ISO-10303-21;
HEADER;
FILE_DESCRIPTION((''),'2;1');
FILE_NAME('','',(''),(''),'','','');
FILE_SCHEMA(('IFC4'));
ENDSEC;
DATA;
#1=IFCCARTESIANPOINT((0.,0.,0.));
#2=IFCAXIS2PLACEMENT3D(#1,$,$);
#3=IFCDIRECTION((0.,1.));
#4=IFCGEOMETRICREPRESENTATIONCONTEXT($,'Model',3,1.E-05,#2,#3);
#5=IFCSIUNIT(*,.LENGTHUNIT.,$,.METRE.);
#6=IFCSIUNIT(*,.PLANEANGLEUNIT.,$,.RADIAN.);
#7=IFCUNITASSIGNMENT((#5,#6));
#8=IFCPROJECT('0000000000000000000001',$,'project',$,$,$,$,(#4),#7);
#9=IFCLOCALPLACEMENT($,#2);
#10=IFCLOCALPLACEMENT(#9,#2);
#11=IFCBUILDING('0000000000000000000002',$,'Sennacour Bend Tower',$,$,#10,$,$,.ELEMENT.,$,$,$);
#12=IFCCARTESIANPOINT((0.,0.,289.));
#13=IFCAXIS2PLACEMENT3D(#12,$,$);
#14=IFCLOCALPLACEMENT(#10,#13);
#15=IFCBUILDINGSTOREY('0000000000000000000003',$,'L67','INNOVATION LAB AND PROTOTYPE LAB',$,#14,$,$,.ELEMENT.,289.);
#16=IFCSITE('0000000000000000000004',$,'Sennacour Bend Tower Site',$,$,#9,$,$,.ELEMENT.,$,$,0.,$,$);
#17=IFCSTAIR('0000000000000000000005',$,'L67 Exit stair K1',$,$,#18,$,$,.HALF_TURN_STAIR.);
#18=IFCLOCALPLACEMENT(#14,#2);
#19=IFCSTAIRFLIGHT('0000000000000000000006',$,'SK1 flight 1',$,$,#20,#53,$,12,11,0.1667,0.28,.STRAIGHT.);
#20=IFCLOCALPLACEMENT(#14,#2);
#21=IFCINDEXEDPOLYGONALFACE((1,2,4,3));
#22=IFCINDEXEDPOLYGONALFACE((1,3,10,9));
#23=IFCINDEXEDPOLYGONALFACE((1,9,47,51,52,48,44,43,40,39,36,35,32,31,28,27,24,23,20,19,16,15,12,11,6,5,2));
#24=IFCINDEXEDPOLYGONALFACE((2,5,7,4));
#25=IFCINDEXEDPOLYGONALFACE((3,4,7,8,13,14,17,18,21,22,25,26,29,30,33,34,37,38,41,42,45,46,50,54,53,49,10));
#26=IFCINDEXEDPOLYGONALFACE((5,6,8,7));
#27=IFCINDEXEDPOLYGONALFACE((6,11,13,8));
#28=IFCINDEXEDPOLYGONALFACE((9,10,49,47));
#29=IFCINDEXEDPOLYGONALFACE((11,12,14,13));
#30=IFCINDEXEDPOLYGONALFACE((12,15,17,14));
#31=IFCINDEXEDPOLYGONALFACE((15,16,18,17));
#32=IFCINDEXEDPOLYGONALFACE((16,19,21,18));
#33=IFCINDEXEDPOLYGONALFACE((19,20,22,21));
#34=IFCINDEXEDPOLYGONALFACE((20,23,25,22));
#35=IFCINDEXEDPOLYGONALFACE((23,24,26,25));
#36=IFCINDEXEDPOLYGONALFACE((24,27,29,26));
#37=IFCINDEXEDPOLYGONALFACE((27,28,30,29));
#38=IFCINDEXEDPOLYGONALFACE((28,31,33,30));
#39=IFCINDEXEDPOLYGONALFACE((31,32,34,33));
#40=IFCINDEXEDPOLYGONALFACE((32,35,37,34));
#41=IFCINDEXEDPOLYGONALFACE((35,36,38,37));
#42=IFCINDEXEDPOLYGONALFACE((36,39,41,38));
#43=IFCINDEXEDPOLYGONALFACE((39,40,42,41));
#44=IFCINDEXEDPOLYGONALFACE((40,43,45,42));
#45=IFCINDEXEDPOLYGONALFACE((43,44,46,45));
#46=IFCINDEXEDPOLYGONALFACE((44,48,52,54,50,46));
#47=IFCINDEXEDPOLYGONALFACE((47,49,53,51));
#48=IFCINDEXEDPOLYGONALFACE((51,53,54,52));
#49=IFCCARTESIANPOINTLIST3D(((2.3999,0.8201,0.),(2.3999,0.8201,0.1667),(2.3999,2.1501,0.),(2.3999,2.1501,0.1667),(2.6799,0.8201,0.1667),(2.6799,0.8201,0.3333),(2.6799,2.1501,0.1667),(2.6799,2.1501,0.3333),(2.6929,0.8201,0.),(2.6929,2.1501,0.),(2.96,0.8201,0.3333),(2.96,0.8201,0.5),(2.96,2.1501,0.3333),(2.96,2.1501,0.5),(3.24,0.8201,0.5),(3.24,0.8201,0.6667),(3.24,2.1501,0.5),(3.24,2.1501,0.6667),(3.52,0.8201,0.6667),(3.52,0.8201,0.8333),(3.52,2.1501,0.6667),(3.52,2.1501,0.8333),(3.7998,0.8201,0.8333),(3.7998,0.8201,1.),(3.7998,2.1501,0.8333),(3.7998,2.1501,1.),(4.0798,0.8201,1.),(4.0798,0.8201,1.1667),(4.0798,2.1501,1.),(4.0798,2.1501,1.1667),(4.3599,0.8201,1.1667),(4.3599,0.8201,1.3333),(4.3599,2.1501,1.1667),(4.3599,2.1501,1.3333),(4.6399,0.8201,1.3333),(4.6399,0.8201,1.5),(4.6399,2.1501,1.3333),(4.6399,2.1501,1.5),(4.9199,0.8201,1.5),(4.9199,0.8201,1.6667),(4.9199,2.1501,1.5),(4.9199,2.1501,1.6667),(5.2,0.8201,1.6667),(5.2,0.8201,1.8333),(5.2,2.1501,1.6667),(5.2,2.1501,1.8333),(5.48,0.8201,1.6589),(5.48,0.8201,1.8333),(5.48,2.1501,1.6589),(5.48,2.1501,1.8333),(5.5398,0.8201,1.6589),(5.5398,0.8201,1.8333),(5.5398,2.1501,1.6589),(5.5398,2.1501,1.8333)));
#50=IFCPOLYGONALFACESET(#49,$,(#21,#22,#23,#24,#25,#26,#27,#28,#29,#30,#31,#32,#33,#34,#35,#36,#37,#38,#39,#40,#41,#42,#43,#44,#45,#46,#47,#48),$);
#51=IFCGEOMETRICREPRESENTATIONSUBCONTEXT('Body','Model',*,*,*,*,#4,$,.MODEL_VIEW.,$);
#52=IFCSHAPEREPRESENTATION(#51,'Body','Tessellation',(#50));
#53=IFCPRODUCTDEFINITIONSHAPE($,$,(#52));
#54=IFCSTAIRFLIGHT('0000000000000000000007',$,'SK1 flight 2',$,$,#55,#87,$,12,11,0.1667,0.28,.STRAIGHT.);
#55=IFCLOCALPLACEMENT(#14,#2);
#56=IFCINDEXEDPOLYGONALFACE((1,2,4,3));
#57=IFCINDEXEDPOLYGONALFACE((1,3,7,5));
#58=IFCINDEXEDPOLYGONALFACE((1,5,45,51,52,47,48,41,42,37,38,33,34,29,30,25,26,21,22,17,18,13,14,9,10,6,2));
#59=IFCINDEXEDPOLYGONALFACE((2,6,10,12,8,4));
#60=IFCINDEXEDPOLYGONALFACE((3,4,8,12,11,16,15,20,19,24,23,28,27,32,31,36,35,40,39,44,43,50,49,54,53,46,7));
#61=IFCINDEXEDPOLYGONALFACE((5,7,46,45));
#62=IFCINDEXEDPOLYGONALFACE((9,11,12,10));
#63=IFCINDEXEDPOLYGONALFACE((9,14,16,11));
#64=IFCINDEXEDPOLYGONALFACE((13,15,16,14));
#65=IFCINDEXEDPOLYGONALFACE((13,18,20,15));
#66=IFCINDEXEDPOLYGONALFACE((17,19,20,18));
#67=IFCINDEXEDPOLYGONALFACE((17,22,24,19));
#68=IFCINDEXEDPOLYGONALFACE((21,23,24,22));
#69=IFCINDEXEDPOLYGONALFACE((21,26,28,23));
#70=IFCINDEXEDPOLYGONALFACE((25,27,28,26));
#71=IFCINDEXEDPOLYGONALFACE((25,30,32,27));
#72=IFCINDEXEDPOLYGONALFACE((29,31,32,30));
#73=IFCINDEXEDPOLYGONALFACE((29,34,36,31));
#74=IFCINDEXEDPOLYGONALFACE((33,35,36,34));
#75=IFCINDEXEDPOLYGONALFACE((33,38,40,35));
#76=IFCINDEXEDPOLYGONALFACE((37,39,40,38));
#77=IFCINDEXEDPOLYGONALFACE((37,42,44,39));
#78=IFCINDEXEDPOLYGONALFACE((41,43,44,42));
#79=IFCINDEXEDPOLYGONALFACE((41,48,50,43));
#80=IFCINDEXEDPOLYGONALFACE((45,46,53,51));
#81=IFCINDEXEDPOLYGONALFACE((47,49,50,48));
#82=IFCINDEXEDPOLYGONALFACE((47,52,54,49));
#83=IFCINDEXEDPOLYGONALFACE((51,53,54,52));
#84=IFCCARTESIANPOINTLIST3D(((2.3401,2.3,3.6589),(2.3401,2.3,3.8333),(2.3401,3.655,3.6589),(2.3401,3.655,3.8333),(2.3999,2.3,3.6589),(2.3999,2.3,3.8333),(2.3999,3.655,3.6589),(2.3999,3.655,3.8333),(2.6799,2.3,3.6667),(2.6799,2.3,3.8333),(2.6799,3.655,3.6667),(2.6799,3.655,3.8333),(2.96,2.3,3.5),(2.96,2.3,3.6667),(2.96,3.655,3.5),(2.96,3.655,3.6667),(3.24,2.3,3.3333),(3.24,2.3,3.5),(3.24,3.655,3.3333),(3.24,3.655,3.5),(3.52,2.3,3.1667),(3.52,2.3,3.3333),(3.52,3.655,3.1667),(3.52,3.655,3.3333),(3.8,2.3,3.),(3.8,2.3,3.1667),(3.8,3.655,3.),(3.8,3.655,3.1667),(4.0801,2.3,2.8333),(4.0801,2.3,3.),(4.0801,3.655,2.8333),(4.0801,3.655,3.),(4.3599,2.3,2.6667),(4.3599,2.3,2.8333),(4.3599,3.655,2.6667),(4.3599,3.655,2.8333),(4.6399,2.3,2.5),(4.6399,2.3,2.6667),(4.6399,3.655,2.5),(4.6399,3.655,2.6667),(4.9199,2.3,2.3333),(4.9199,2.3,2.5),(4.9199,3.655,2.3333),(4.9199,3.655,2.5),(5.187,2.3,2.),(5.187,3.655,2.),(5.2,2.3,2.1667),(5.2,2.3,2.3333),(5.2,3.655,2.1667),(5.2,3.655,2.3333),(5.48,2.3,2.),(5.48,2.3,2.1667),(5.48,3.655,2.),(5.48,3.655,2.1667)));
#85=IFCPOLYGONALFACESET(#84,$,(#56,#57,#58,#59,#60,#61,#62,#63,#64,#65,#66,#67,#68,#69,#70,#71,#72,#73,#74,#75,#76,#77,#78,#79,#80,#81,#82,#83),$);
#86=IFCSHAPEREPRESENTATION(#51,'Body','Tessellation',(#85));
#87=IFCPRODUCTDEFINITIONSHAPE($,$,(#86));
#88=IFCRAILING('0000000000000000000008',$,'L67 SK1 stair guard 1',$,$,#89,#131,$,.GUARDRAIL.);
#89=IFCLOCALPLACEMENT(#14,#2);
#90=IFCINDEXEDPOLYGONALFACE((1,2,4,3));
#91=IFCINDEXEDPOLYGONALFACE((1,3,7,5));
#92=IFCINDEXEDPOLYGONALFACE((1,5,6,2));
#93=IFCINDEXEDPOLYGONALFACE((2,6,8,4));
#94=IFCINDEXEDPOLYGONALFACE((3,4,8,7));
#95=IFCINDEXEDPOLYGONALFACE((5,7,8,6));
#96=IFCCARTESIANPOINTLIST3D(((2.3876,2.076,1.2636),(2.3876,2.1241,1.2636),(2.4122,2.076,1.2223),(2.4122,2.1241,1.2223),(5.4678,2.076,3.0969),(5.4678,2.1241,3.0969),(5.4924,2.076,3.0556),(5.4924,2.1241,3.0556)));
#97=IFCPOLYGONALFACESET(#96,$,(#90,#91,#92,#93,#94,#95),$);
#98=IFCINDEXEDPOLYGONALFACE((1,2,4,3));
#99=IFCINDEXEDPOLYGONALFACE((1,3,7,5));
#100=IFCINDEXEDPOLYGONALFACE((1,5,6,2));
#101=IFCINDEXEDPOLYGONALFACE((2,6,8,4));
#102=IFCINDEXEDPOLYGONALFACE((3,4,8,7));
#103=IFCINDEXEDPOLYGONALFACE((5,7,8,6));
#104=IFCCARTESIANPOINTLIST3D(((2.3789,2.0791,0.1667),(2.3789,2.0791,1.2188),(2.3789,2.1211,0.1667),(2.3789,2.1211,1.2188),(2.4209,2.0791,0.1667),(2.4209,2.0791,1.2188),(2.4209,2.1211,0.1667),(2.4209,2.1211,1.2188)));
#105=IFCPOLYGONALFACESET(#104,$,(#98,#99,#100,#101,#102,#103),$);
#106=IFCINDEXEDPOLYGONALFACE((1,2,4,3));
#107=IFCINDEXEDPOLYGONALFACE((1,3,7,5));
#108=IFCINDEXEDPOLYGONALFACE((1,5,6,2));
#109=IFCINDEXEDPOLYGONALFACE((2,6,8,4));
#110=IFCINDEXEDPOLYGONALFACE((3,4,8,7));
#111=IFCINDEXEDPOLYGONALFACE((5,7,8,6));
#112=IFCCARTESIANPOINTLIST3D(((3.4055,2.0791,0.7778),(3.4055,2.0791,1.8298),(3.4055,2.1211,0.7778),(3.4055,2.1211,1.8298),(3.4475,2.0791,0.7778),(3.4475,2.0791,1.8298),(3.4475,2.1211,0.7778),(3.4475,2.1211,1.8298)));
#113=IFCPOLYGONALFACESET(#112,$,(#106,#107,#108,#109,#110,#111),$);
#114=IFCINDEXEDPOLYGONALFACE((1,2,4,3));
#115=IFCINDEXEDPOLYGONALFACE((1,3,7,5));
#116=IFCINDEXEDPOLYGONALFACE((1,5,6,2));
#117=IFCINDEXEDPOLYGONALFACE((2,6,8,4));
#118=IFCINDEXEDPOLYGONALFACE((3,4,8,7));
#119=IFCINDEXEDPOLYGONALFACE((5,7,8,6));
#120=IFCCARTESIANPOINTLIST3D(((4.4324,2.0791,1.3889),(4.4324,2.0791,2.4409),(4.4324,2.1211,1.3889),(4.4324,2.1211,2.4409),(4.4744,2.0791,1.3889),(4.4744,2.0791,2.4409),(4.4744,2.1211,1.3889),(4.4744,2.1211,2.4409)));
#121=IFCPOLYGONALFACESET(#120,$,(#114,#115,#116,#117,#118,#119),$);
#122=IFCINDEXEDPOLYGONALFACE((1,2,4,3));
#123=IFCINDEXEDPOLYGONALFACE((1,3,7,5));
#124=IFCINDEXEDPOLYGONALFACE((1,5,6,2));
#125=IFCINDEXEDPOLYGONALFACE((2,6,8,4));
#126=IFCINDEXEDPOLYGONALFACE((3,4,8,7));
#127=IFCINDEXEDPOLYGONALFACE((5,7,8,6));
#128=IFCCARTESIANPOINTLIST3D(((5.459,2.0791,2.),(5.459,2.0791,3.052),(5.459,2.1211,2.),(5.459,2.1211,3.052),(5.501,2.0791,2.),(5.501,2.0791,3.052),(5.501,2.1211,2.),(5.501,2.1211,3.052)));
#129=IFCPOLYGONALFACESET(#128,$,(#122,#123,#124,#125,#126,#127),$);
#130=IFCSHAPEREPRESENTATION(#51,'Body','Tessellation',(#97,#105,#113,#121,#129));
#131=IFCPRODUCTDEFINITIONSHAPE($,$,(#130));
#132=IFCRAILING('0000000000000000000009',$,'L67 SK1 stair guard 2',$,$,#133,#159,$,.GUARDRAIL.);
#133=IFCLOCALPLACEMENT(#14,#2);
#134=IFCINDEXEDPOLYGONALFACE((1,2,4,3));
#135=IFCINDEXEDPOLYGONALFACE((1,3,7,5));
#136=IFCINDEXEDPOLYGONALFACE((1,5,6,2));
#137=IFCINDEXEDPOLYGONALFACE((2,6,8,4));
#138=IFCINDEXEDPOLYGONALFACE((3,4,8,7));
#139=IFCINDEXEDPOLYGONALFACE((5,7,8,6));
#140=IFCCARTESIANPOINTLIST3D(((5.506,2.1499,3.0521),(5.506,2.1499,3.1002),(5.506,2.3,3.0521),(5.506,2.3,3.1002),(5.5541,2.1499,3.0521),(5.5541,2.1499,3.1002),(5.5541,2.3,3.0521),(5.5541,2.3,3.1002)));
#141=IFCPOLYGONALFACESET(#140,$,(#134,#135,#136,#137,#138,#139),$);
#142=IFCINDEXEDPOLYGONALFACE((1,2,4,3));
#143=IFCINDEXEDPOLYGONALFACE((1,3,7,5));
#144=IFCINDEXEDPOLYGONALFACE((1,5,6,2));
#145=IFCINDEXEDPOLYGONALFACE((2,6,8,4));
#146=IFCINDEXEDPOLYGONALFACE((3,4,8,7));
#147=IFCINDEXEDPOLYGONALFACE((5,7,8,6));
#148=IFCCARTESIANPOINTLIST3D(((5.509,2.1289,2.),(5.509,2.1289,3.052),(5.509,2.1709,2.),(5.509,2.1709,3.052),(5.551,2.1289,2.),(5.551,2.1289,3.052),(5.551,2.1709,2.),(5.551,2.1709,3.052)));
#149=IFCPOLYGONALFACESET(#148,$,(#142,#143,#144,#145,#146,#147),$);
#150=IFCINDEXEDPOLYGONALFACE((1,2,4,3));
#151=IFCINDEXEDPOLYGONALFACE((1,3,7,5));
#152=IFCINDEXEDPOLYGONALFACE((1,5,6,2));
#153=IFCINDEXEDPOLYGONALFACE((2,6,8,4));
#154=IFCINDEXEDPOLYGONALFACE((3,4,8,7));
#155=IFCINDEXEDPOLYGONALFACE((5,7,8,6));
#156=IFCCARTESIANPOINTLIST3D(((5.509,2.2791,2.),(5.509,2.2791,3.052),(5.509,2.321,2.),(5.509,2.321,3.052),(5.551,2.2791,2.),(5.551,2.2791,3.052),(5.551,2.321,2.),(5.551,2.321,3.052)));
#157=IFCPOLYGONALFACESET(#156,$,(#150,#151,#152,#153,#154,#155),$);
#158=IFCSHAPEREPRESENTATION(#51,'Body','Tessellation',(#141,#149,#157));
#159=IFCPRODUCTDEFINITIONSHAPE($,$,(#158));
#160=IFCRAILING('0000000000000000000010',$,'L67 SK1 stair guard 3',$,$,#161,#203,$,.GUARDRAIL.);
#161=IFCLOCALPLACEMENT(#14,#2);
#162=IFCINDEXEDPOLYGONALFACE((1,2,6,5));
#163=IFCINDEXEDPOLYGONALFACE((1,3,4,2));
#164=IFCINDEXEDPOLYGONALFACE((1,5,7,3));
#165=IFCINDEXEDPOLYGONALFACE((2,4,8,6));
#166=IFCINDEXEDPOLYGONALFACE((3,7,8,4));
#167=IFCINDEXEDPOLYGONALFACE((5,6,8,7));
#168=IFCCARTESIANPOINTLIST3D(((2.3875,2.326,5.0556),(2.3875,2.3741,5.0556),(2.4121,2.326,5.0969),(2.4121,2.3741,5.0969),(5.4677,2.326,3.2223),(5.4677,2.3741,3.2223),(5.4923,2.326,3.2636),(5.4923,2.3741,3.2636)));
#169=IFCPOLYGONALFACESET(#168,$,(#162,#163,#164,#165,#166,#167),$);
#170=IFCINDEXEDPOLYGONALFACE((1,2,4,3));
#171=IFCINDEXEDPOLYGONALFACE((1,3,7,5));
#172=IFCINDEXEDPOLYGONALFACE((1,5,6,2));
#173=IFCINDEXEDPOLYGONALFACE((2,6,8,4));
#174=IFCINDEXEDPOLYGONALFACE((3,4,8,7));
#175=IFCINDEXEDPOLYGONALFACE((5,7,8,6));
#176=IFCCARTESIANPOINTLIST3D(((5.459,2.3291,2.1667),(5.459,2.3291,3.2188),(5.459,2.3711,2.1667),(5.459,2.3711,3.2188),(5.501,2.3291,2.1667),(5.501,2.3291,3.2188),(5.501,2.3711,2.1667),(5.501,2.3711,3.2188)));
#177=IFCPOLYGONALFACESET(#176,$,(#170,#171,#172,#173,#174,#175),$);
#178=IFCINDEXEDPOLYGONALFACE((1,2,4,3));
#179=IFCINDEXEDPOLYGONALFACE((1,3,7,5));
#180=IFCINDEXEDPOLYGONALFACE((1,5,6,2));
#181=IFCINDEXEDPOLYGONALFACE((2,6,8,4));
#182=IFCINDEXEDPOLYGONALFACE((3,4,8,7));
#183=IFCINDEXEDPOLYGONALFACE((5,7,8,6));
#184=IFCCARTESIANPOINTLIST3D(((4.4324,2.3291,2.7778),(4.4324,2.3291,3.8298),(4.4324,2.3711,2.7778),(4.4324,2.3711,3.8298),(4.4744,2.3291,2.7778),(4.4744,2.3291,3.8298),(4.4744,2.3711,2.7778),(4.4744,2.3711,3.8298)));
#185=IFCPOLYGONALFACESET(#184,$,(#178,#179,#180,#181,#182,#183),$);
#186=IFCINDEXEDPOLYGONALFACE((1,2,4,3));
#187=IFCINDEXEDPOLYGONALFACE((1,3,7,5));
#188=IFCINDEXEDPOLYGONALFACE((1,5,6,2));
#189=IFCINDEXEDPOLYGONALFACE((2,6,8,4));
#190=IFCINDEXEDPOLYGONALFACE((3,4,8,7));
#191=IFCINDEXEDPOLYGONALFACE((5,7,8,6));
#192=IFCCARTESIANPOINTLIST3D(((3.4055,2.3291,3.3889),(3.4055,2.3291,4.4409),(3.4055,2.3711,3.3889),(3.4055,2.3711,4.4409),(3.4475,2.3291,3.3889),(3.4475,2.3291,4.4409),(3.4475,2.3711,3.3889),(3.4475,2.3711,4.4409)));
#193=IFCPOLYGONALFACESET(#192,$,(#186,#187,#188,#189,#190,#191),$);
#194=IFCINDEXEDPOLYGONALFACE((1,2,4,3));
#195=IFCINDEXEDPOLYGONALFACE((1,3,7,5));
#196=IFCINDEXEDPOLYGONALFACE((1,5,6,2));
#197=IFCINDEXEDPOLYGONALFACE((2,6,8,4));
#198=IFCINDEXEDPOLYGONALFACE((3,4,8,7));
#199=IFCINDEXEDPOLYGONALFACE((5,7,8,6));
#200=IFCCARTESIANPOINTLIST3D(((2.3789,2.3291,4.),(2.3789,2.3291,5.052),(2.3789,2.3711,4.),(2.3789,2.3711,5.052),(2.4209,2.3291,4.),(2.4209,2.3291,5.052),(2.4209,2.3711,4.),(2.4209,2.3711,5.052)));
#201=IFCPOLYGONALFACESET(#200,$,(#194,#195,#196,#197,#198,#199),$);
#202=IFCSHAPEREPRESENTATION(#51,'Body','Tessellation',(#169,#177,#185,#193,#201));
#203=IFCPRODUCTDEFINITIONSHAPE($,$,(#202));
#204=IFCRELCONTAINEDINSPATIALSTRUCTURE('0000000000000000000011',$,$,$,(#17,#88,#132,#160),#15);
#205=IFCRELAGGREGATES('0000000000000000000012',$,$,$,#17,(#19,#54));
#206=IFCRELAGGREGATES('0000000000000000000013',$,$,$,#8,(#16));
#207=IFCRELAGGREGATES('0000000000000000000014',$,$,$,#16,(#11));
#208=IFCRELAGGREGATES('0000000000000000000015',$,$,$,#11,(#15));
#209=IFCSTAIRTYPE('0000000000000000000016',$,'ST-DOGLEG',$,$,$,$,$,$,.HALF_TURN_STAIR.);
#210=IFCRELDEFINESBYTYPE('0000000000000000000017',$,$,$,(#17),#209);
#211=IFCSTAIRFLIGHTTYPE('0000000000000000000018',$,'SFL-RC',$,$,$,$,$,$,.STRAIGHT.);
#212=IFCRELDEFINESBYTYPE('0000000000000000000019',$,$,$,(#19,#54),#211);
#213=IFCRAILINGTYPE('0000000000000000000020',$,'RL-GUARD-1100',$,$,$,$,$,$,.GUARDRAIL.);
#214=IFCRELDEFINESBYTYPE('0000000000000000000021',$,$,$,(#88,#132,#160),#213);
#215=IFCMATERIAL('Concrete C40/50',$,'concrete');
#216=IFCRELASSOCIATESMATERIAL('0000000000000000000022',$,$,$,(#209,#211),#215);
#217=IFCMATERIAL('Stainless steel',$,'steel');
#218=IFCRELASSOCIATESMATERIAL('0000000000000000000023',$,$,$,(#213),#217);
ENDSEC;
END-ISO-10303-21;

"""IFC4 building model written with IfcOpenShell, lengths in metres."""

from ifc_helpers import new_model, si_unit, direction, frame, origin, origin_2d, place, context, subcontext, project, spatial, polyline, rectangle, outline, extrude, material, type_object, element, aggregate, save


model = new_model("IFC4")

# Units and contexts
model_context = context("Model", 3, precision=1e-05, world=origin(), true_north=direction((0.0, 1.0)))
body_context = subcontext(model_context, "Body", "Model", "MODEL_VIEW")
ifc_project = project(units=[si_unit("LENGTHUNIT", "METRE"), si_unit("PLANEANGLEUNIT", "RADIAN")], contexts=[model_context])

# Site, building, storey
site_placement = place(None, origin())
site = spatial("IfcSite", under=ifc_project, at=site_placement, Name="Sennacour Bend Tower Site", CompositionType="ELEMENT", RefElevation=0.0)
building_placement = place(site_placement, origin())
building = spatial("IfcBuilding", under=site, at=building_placement, Name="Sennacour Bend Tower", CompositionType="ELEMENT")
storey_placement = place(building_placement, frame((0.0, 0.0, 289.0)))
storey = spatial("IfcBuildingStorey", under=building, at=storey_placement, Name="L67", Description="INNOVATION LAB AND PROTOTYPE LAB", CompositionType="ELEMENT", Elevation=289.0)

# Shared definitions
ifc_material_1 = material(Name="Concrete C40/50", Category="concrete")

# Stair
stair_type = type_object("IfcStairType", Name="ST-DOGLEG", PredefinedType="HALF_TURN_STAIR", material=ifc_material_1)
stair_1_placement = place(storey_placement, origin())
stair_1 = element("IfcStair", 1, at=stair_1_placement, inside=storey, type_object=stair_type, Name="L67 Exit stair K1", PredefinedType="HALF_TURN_STAIR")

# Stair flights
stair_flight_type = type_object("IfcStairFlightType", Name="SFL-RC", PredefinedType="STRAIGHT", material=ifc_material_1)
stair_flight_1_placement = place(storey_placement, frame((2.3999, 1.4851, 0.0), z_axis=(0.0, 0.0, 1.0), x_axis=(1.0, 0.0, 0.0)))
stair_flight_1 = element("IfcStairFlight", 2, at=stair_flight_1_placement, type_object=stair_flight_type, Name="SK1 flight 1", NumberOfRisers=12, NumberOfTreads=11, PredefinedType="STRAIGHT", RiserHeight=0.1667, TreadLength=0.28, context=body_context, shape_type="SweptSolid", body=[
    extrude(outline(polyline([(0.0, 0.0), (0.0, 0.1667), (0.28, 0.1667), (0.28, 0.3333), (0.5601, 0.3333), (0.5601, 0.5), (0.8401, 0.5), (0.8401, 0.6667), (1.1201, 0.6667), (1.1201, 0.8333), (1.3999, 0.8333), (1.3999, 1.0), (1.6799, 1.0), (1.6799, 1.1667), (1.96, 1.1667), (1.96, 1.3333), (2.24, 1.3333), (2.24, 1.5), (2.52, 1.5), (2.52, 1.6667), (2.8, 1.6667), (2.8, 1.8333), (3.0801, 1.8333), (3.1399, 1.8333), (3.1399, 1.6589), (3.0801, 1.6589), (0.293, 0.0), (0.0, 0.0)])), frame((0.0, 0.665, 0.0), z_axis=(0.0, -1.0, 0.0), x_axis=(1.0, 0.0, 0.0)), (0.0, 0.0, 1.0), 1.3301),
])
stair_flight_2_placement = place(storey_placement, frame((5.48, 2.9775, 2.0), z_axis=(0.0, 0.0, 1.0), x_axis=(-1.0, 0.0, 0.0)))
stair_flight_2 = element("IfcStairFlight", 3, at=stair_flight_2_placement, type_object=stair_flight_type, Name="SK1 flight 2", NumberOfRisers=12, NumberOfTreads=11, PredefinedType="STRAIGHT", RiserHeight=0.1667, TreadLength=0.28, context=body_context, shape_type="SweptSolid", body=[
    extrude(outline(polyline([(0.0, 0.0), (0.0, 0.1667), (0.28, 0.1667), (0.28, 0.3333), (0.5601, 0.3333), (0.5601, 0.5), (0.8401, 0.5), (0.8401, 0.6667), (1.1201, 0.6667), (1.1201, 0.8333), (1.3999, 0.8333), (1.3999, 1.0), (1.6799, 1.0), (1.6799, 1.1667), (1.96, 1.1667), (1.96, 1.3333), (2.24, 1.3333), (2.24, 1.5), (2.52, 1.5), (2.52, 1.6667), (2.8, 1.6667), (2.8, 1.8333), (3.0801, 1.8333), (3.1399, 1.8333), (3.1399, 1.6589), (3.0801, 1.6589), (0.293, 0.0), (0.0, 0.0)])), frame((0.0, 0.6775, 0.0), z_axis=(0.0, -1.0, 0.0), x_axis=(1.0, 0.0, 0.0)), (0.0, 0.0, 1.0), 1.355),
])
aggregate(stair_1, [stair_flight_1, stair_flight_2])

# Railings
ifc_material_2 = material(Name="Stainless steel", Category="steel")
railing_type_1 = type_object("IfcRailingType", Name="RL-GUARD-1100", PredefinedType="GUARDRAIL", material=ifc_material_2)
railing_1_placement = place(storey_placement, frame((2.3999, 2.1001, 0.1667)))
element("IfcRailing", 4, at=railing_1_placement, inside=storey, type_object=railing_type_1, Name="L67 SK1 stair guard 1", PredefinedType="GUARDRAIL", context=body_context, shape_type="SweptSolid", body=[
    extrude(rectangle(XDim=0.0481, YDim=0.0481, at=origin_2d()), frame((0.0, 0.0, 1.0762), z_axis=(0.859309, 0.0, 0.511458), x_axis=(0.0, 1.0, 0.0)), (0.0, 0.0, 1.0), 3.5845),
    extrude(rectangle(XDim=0.042, YDim=0.042, at=origin_2d()), origin(), (0.0, 0.0, 1.0), 1.052),
    extrude(rectangle(XDim=0.042, YDim=0.042, at=origin_2d()), frame((1.0266, 0.0, 0.6111)), (0.0, 0.0, 1.0), 1.052),
    extrude(rectangle(XDim=0.042, YDim=0.042, at=origin_2d()), frame((2.0535, 0.0, 1.2222)), (0.0, 0.0, 1.0), 1.052),
    extrude(rectangle(XDim=0.042, YDim=0.042, at=origin_2d()), frame((3.0801, 0.0, 1.8333)), (0.0, 0.0, 1.0), 1.052),
])
railing_2_placement = place(storey_placement, frame((5.53, 2.1499, 2.0)))
element("IfcRailing", 5, at=railing_2_placement, inside=storey, type_object=railing_type_1, Name="L67 SK1 stair guard 2", PredefinedType="GUARDRAIL", context=body_context, shape_type="SweptSolid", body=[
    extrude(rectangle(XDim=0.0481, YDim=0.0481, at=origin_2d()), frame((0.0, 0.0, 1.0762), z_axis=(0.0, 1.0, 0.0), x_axis=(-1.0, 0.0, 0.0)), (0.0, 0.0, 1.0), 0.1501),
    extrude(rectangle(XDim=0.042, YDim=0.042, at=origin_2d()), origin(), (0.0, 0.0, 1.0), 1.052),
    extrude(rectangle(XDim=0.042, YDim=0.042, at=origin_2d()), frame((0.0, 0.1501, 0.0)), (0.0, 0.0, 1.0), 1.052),
])
railing_3_placement = place(storey_placement, frame((5.48, 2.3501, 2.1667)))
element("IfcRailing", 6, at=railing_3_placement, inside=storey, type_object=railing_type_1, Name="L67 SK1 stair guard 3", PredefinedType="GUARDRAIL", context=body_context, shape_type="SweptSolid", body=[
    extrude(rectangle(XDim=0.0481, YDim=0.0481, at=origin_2d()), frame((0.0, 0.0, 1.0762), z_axis=(-0.859309, 0.0, 0.511458), x_axis=(0.0, -1.0, 0.0)), (0.0, 0.0, 1.0), 3.5845),
    extrude(rectangle(XDim=0.042, YDim=0.042, at=origin_2d()), origin(), (0.0, 0.0, 1.0), 1.052),
    extrude(rectangle(XDim=0.042, YDim=0.042, at=origin_2d()), frame((-1.0266, 0.0, 0.6111)), (0.0, 0.0, 1.0), 1.052),
    extrude(rectangle(XDim=0.042, YDim=0.042, at=origin_2d()), frame((-2.0535, 0.0, 1.2222)), (0.0, 0.0, 1.0), 1.052),
    extrude(rectangle(XDim=0.042, YDim=0.042, at=origin_2d()), frame((-3.0801, 0.0, 1.8333)), (0.0, 0.0, 1.0), 1.052),
])

save(model, "model.ifc")
